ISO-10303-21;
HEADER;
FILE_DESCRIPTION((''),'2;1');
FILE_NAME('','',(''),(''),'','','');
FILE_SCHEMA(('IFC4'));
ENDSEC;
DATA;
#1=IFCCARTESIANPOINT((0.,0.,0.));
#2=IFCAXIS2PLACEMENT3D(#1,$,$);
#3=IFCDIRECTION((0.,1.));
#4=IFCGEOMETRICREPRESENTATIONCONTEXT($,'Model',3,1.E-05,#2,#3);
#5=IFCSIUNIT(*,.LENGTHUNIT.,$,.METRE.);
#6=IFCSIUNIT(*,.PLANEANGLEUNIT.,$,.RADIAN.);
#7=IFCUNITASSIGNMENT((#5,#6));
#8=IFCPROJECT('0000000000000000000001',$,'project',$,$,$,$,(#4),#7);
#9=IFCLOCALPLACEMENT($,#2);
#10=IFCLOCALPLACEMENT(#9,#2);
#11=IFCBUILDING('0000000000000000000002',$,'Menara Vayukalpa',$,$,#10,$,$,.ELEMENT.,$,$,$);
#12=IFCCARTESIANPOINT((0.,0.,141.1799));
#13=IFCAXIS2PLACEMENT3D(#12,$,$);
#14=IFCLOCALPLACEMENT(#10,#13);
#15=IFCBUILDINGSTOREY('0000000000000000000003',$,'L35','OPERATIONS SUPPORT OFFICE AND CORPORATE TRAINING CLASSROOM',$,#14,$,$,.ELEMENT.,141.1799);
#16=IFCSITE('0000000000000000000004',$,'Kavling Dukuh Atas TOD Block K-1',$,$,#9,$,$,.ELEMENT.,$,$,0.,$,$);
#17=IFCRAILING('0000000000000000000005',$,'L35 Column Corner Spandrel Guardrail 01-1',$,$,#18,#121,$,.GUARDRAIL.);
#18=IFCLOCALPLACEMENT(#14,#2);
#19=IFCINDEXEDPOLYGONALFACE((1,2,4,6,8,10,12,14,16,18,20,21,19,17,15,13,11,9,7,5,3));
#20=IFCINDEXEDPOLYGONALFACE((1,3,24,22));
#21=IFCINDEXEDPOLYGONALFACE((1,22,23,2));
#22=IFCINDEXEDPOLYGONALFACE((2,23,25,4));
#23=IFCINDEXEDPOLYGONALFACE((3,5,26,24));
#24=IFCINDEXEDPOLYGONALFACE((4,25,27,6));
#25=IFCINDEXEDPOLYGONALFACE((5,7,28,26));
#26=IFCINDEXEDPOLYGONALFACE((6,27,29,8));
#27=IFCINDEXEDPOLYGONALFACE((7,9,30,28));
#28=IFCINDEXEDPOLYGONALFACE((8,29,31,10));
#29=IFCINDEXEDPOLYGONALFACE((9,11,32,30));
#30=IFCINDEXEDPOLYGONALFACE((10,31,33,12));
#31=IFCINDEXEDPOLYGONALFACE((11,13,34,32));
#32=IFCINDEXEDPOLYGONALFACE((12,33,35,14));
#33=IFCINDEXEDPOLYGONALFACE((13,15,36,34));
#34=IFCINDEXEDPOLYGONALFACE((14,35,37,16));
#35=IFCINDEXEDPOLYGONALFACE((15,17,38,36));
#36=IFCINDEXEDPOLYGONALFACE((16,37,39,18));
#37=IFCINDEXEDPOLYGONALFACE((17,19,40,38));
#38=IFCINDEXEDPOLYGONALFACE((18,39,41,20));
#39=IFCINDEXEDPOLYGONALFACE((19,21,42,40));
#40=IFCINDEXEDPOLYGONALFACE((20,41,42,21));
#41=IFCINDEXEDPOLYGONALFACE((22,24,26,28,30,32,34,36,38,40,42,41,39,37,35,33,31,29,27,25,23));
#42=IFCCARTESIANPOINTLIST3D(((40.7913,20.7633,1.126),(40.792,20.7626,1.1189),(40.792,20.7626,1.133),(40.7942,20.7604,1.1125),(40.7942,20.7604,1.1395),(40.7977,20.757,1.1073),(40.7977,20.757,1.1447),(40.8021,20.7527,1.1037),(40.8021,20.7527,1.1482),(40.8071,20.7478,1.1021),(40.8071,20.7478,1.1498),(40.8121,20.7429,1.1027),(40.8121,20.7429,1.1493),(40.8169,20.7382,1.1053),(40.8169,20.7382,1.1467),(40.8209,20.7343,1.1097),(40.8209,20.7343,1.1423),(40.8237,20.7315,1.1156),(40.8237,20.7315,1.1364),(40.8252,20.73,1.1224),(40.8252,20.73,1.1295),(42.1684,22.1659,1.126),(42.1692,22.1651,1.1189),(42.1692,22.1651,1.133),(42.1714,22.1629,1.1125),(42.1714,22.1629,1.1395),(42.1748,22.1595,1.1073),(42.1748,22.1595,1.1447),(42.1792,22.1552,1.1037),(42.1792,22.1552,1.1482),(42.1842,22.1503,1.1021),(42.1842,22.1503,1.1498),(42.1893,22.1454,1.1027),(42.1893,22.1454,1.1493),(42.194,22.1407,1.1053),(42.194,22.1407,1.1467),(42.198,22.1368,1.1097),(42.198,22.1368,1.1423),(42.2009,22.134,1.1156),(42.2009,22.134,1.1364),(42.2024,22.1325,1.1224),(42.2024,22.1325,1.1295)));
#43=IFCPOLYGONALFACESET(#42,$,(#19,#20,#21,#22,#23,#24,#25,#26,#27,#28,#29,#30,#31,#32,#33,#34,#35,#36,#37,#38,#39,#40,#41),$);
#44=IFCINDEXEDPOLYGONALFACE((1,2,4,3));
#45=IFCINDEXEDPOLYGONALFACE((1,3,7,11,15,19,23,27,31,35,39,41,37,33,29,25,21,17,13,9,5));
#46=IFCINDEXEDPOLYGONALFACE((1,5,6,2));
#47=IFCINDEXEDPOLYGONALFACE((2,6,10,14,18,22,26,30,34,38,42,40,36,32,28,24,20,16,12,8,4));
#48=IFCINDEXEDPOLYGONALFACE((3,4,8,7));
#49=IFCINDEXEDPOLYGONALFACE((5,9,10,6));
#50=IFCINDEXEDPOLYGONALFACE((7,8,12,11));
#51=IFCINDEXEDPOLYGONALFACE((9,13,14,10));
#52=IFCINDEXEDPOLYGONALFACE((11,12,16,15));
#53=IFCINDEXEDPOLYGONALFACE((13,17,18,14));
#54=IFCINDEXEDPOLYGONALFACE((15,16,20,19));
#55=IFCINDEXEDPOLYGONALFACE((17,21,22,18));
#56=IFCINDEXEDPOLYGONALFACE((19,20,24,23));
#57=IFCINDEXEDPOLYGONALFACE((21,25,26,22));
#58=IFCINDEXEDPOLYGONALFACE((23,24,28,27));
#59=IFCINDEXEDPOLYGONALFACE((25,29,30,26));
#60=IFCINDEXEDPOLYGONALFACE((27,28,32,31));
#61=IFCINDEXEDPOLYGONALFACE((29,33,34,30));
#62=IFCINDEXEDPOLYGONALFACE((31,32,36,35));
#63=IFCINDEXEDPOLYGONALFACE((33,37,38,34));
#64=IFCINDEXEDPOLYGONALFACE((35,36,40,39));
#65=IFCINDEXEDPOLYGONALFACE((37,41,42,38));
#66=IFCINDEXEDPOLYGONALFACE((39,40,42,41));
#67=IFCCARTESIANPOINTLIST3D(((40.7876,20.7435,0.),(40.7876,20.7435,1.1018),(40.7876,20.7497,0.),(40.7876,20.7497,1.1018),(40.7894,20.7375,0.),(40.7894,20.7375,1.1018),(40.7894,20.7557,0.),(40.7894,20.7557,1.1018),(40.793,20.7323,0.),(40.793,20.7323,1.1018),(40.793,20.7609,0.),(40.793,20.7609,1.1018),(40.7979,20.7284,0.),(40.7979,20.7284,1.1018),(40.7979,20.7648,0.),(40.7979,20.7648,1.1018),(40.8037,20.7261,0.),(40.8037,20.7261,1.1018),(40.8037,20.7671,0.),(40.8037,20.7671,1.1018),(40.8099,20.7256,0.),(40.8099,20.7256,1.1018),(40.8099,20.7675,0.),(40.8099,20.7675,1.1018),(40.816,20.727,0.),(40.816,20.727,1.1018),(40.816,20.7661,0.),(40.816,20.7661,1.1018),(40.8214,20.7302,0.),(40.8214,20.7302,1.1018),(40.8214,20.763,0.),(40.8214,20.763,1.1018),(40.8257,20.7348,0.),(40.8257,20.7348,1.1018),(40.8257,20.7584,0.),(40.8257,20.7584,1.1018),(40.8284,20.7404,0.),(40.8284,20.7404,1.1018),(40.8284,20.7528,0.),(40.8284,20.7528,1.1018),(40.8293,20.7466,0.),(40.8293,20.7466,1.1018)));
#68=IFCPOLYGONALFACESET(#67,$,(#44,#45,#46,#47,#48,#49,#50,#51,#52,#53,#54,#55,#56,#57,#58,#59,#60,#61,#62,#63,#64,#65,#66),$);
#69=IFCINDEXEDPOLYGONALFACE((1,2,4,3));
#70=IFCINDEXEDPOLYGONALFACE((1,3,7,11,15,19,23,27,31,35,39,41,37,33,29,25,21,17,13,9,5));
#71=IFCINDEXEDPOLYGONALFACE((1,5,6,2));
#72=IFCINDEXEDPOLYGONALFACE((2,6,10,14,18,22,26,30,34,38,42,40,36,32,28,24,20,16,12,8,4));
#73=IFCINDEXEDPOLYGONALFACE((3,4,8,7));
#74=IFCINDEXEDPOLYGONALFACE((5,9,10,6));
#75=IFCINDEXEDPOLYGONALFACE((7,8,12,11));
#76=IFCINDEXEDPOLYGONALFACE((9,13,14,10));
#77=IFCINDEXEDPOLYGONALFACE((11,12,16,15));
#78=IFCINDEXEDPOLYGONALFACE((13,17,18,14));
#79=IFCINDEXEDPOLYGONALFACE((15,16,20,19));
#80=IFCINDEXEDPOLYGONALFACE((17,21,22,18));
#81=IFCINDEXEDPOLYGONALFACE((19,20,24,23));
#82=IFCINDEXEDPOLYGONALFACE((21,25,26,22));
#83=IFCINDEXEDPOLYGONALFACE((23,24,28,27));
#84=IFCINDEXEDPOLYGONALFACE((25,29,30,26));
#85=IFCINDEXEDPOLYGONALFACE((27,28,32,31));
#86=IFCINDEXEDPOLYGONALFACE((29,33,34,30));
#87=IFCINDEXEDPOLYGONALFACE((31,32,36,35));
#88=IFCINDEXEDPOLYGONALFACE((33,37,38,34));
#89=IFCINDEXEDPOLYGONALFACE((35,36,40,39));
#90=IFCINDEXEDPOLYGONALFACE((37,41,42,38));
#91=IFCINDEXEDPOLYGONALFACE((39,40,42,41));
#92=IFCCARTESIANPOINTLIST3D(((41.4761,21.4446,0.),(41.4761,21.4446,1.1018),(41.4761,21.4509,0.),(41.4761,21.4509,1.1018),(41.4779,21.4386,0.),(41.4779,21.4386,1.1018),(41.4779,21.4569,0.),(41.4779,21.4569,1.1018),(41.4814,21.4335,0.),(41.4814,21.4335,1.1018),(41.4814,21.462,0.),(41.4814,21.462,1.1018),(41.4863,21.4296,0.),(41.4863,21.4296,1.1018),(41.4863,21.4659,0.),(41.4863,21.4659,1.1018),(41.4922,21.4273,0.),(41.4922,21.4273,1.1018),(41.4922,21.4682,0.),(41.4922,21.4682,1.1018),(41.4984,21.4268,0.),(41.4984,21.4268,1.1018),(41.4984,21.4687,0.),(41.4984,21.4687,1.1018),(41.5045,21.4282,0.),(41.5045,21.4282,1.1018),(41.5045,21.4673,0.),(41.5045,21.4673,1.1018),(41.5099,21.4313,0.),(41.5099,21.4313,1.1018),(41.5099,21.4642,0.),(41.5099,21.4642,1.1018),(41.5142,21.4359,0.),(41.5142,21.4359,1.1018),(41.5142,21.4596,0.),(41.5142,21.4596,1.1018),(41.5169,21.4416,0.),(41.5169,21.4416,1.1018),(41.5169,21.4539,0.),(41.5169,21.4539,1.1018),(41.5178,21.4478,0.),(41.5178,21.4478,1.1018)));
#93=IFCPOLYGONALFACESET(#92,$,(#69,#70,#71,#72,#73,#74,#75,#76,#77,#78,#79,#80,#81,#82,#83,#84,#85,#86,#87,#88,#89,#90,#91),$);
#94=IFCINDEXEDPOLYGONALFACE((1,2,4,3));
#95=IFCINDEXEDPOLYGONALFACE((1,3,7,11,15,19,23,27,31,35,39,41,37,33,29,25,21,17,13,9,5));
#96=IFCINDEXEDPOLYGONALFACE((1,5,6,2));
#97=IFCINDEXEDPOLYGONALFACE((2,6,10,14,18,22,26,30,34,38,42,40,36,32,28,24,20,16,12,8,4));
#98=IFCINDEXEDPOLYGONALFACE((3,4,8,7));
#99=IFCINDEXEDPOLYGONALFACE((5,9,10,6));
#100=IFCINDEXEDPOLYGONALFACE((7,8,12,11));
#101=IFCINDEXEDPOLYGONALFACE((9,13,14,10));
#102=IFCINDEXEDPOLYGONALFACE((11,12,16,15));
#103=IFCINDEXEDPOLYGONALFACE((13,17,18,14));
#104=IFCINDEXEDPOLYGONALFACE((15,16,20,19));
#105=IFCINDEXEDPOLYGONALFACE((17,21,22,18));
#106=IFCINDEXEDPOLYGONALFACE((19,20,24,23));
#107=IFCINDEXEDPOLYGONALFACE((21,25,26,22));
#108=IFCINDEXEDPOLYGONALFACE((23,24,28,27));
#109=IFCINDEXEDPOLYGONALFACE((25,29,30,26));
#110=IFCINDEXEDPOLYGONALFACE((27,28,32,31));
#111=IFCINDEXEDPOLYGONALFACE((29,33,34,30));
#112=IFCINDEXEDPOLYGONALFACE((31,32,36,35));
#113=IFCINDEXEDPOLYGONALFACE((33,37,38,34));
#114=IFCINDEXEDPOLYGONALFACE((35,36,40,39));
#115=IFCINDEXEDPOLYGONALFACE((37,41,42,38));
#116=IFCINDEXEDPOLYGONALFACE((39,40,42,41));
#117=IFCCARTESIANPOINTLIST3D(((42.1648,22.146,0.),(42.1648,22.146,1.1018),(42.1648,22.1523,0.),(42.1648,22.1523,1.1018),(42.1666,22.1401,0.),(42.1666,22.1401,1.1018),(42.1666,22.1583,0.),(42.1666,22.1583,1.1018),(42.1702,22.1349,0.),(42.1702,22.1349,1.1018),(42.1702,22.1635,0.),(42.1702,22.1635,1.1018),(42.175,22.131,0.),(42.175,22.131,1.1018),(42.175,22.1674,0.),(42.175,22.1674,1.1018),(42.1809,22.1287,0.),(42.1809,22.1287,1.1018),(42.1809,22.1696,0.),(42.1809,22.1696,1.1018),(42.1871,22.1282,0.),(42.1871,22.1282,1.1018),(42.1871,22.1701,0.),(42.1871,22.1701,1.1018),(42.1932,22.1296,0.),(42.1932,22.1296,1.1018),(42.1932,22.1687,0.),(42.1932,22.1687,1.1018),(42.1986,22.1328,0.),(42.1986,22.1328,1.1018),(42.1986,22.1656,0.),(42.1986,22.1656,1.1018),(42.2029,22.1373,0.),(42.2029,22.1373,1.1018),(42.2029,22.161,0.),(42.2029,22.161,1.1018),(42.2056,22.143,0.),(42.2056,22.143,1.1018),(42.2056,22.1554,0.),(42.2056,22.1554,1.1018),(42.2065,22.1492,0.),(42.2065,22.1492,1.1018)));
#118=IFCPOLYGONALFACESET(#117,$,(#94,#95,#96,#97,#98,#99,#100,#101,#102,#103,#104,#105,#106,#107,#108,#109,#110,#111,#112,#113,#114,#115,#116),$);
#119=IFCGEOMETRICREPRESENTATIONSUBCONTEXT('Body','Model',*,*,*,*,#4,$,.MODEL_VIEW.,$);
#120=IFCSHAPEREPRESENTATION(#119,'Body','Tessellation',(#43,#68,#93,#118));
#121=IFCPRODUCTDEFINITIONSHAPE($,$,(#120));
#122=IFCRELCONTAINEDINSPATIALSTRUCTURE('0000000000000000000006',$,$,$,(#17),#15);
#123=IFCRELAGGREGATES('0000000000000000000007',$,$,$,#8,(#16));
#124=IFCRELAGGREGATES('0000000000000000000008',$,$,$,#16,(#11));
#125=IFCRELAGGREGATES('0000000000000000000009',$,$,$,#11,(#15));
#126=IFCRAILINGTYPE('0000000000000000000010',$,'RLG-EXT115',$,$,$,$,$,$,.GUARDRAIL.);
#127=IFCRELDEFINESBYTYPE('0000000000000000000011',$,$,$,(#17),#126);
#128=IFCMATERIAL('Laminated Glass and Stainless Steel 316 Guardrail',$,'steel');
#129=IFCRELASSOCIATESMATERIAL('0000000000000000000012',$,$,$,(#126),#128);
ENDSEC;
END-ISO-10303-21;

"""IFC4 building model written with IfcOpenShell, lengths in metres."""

from ifc_helpers import new_model, si_unit, direction, frame, origin, origin_2d, place, context, subcontext, project, spatial, circle, extrude, material, type_object, element, save


model = new_model("IFC4")

# Units and contexts
model_context = context("Model", 3, precision=1e-05, world=origin(), true_north=direction((0.0, 1.0)))
body_context = subcontext(model_context, "Body", "Model", "MODEL_VIEW")
ifc_project = project(units=[si_unit("LENGTHUNIT", "METRE"), si_unit("PLANEANGLEUNIT", "RADIAN")], contexts=[model_context])

# Site, building, storey
site_placement = place(None, origin())
site = spatial("IfcSite", under=ifc_project, at=site_placement, Name="Kavling Dukuh Atas TOD Block K-1", CompositionType="ELEMENT", RefElevation=0.0)
building_placement = place(site_placement, origin())
building = spatial("IfcBuilding", under=site, at=building_placement, Name="Menara Vayukalpa", CompositionType="ELEMENT")
storey_placement = place(building_placement, frame((0.0, 0.0, 141.1799)))
storey = spatial("IfcBuildingStorey", under=building, at=storey_placement, Name="L35", Description="OPERATIONS SUPPORT OFFICE AND CORPORATE TRAINING CLASSROOM", CompositionType="ELEMENT", Elevation=141.1799)

# Railing
ifc_material_1 = material(Name="Laminated Glass and Stainless Steel 316 Guardrail", Category="steel")
railing_type_1 = type_object("IfcRailingType", Name="RLG-EXT115", PredefinedType="GUARDRAIL", material=ifc_material_1)
railing_1_placement = place(storey_placement, frame((40.8083, 20.7466, 0.0)))
element("IfcRailing", 1, at=railing_1_placement, inside=storey, type_object=railing_type_1, Name="L35 Column Corner Spandrel Guardrail 01-1", PredefinedType="GUARDRAIL", context=body_context, shape_type="SweptSolid", body=[
    extrude(circle(Radius=0.0239, at=origin_2d()), frame((0.0, 0.0, 1.126), z_axis=(0.700619, 0.713536, 0.0), x_axis=(-0.713536, 0.700619, 0.0)), (0.0, 0.0, 1.0), 1.9656),
    extrude(circle(Radius=0.021, at=origin_2d()), origin(), (0.0, 0.0, 1.0), 1.1018),
    extrude(circle(Radius=0.021, at=origin_2d()), frame((0.6885, 0.7012, 0.0)), (0.0, 0.0, 1.0), 1.1018),
    extrude(circle(Radius=0.021, at=origin_2d()), frame((1.3772, 1.4026, 0.0)), (0.0, 0.0, 1.0), 1.1018),
])

save(model, "model.ifc")
